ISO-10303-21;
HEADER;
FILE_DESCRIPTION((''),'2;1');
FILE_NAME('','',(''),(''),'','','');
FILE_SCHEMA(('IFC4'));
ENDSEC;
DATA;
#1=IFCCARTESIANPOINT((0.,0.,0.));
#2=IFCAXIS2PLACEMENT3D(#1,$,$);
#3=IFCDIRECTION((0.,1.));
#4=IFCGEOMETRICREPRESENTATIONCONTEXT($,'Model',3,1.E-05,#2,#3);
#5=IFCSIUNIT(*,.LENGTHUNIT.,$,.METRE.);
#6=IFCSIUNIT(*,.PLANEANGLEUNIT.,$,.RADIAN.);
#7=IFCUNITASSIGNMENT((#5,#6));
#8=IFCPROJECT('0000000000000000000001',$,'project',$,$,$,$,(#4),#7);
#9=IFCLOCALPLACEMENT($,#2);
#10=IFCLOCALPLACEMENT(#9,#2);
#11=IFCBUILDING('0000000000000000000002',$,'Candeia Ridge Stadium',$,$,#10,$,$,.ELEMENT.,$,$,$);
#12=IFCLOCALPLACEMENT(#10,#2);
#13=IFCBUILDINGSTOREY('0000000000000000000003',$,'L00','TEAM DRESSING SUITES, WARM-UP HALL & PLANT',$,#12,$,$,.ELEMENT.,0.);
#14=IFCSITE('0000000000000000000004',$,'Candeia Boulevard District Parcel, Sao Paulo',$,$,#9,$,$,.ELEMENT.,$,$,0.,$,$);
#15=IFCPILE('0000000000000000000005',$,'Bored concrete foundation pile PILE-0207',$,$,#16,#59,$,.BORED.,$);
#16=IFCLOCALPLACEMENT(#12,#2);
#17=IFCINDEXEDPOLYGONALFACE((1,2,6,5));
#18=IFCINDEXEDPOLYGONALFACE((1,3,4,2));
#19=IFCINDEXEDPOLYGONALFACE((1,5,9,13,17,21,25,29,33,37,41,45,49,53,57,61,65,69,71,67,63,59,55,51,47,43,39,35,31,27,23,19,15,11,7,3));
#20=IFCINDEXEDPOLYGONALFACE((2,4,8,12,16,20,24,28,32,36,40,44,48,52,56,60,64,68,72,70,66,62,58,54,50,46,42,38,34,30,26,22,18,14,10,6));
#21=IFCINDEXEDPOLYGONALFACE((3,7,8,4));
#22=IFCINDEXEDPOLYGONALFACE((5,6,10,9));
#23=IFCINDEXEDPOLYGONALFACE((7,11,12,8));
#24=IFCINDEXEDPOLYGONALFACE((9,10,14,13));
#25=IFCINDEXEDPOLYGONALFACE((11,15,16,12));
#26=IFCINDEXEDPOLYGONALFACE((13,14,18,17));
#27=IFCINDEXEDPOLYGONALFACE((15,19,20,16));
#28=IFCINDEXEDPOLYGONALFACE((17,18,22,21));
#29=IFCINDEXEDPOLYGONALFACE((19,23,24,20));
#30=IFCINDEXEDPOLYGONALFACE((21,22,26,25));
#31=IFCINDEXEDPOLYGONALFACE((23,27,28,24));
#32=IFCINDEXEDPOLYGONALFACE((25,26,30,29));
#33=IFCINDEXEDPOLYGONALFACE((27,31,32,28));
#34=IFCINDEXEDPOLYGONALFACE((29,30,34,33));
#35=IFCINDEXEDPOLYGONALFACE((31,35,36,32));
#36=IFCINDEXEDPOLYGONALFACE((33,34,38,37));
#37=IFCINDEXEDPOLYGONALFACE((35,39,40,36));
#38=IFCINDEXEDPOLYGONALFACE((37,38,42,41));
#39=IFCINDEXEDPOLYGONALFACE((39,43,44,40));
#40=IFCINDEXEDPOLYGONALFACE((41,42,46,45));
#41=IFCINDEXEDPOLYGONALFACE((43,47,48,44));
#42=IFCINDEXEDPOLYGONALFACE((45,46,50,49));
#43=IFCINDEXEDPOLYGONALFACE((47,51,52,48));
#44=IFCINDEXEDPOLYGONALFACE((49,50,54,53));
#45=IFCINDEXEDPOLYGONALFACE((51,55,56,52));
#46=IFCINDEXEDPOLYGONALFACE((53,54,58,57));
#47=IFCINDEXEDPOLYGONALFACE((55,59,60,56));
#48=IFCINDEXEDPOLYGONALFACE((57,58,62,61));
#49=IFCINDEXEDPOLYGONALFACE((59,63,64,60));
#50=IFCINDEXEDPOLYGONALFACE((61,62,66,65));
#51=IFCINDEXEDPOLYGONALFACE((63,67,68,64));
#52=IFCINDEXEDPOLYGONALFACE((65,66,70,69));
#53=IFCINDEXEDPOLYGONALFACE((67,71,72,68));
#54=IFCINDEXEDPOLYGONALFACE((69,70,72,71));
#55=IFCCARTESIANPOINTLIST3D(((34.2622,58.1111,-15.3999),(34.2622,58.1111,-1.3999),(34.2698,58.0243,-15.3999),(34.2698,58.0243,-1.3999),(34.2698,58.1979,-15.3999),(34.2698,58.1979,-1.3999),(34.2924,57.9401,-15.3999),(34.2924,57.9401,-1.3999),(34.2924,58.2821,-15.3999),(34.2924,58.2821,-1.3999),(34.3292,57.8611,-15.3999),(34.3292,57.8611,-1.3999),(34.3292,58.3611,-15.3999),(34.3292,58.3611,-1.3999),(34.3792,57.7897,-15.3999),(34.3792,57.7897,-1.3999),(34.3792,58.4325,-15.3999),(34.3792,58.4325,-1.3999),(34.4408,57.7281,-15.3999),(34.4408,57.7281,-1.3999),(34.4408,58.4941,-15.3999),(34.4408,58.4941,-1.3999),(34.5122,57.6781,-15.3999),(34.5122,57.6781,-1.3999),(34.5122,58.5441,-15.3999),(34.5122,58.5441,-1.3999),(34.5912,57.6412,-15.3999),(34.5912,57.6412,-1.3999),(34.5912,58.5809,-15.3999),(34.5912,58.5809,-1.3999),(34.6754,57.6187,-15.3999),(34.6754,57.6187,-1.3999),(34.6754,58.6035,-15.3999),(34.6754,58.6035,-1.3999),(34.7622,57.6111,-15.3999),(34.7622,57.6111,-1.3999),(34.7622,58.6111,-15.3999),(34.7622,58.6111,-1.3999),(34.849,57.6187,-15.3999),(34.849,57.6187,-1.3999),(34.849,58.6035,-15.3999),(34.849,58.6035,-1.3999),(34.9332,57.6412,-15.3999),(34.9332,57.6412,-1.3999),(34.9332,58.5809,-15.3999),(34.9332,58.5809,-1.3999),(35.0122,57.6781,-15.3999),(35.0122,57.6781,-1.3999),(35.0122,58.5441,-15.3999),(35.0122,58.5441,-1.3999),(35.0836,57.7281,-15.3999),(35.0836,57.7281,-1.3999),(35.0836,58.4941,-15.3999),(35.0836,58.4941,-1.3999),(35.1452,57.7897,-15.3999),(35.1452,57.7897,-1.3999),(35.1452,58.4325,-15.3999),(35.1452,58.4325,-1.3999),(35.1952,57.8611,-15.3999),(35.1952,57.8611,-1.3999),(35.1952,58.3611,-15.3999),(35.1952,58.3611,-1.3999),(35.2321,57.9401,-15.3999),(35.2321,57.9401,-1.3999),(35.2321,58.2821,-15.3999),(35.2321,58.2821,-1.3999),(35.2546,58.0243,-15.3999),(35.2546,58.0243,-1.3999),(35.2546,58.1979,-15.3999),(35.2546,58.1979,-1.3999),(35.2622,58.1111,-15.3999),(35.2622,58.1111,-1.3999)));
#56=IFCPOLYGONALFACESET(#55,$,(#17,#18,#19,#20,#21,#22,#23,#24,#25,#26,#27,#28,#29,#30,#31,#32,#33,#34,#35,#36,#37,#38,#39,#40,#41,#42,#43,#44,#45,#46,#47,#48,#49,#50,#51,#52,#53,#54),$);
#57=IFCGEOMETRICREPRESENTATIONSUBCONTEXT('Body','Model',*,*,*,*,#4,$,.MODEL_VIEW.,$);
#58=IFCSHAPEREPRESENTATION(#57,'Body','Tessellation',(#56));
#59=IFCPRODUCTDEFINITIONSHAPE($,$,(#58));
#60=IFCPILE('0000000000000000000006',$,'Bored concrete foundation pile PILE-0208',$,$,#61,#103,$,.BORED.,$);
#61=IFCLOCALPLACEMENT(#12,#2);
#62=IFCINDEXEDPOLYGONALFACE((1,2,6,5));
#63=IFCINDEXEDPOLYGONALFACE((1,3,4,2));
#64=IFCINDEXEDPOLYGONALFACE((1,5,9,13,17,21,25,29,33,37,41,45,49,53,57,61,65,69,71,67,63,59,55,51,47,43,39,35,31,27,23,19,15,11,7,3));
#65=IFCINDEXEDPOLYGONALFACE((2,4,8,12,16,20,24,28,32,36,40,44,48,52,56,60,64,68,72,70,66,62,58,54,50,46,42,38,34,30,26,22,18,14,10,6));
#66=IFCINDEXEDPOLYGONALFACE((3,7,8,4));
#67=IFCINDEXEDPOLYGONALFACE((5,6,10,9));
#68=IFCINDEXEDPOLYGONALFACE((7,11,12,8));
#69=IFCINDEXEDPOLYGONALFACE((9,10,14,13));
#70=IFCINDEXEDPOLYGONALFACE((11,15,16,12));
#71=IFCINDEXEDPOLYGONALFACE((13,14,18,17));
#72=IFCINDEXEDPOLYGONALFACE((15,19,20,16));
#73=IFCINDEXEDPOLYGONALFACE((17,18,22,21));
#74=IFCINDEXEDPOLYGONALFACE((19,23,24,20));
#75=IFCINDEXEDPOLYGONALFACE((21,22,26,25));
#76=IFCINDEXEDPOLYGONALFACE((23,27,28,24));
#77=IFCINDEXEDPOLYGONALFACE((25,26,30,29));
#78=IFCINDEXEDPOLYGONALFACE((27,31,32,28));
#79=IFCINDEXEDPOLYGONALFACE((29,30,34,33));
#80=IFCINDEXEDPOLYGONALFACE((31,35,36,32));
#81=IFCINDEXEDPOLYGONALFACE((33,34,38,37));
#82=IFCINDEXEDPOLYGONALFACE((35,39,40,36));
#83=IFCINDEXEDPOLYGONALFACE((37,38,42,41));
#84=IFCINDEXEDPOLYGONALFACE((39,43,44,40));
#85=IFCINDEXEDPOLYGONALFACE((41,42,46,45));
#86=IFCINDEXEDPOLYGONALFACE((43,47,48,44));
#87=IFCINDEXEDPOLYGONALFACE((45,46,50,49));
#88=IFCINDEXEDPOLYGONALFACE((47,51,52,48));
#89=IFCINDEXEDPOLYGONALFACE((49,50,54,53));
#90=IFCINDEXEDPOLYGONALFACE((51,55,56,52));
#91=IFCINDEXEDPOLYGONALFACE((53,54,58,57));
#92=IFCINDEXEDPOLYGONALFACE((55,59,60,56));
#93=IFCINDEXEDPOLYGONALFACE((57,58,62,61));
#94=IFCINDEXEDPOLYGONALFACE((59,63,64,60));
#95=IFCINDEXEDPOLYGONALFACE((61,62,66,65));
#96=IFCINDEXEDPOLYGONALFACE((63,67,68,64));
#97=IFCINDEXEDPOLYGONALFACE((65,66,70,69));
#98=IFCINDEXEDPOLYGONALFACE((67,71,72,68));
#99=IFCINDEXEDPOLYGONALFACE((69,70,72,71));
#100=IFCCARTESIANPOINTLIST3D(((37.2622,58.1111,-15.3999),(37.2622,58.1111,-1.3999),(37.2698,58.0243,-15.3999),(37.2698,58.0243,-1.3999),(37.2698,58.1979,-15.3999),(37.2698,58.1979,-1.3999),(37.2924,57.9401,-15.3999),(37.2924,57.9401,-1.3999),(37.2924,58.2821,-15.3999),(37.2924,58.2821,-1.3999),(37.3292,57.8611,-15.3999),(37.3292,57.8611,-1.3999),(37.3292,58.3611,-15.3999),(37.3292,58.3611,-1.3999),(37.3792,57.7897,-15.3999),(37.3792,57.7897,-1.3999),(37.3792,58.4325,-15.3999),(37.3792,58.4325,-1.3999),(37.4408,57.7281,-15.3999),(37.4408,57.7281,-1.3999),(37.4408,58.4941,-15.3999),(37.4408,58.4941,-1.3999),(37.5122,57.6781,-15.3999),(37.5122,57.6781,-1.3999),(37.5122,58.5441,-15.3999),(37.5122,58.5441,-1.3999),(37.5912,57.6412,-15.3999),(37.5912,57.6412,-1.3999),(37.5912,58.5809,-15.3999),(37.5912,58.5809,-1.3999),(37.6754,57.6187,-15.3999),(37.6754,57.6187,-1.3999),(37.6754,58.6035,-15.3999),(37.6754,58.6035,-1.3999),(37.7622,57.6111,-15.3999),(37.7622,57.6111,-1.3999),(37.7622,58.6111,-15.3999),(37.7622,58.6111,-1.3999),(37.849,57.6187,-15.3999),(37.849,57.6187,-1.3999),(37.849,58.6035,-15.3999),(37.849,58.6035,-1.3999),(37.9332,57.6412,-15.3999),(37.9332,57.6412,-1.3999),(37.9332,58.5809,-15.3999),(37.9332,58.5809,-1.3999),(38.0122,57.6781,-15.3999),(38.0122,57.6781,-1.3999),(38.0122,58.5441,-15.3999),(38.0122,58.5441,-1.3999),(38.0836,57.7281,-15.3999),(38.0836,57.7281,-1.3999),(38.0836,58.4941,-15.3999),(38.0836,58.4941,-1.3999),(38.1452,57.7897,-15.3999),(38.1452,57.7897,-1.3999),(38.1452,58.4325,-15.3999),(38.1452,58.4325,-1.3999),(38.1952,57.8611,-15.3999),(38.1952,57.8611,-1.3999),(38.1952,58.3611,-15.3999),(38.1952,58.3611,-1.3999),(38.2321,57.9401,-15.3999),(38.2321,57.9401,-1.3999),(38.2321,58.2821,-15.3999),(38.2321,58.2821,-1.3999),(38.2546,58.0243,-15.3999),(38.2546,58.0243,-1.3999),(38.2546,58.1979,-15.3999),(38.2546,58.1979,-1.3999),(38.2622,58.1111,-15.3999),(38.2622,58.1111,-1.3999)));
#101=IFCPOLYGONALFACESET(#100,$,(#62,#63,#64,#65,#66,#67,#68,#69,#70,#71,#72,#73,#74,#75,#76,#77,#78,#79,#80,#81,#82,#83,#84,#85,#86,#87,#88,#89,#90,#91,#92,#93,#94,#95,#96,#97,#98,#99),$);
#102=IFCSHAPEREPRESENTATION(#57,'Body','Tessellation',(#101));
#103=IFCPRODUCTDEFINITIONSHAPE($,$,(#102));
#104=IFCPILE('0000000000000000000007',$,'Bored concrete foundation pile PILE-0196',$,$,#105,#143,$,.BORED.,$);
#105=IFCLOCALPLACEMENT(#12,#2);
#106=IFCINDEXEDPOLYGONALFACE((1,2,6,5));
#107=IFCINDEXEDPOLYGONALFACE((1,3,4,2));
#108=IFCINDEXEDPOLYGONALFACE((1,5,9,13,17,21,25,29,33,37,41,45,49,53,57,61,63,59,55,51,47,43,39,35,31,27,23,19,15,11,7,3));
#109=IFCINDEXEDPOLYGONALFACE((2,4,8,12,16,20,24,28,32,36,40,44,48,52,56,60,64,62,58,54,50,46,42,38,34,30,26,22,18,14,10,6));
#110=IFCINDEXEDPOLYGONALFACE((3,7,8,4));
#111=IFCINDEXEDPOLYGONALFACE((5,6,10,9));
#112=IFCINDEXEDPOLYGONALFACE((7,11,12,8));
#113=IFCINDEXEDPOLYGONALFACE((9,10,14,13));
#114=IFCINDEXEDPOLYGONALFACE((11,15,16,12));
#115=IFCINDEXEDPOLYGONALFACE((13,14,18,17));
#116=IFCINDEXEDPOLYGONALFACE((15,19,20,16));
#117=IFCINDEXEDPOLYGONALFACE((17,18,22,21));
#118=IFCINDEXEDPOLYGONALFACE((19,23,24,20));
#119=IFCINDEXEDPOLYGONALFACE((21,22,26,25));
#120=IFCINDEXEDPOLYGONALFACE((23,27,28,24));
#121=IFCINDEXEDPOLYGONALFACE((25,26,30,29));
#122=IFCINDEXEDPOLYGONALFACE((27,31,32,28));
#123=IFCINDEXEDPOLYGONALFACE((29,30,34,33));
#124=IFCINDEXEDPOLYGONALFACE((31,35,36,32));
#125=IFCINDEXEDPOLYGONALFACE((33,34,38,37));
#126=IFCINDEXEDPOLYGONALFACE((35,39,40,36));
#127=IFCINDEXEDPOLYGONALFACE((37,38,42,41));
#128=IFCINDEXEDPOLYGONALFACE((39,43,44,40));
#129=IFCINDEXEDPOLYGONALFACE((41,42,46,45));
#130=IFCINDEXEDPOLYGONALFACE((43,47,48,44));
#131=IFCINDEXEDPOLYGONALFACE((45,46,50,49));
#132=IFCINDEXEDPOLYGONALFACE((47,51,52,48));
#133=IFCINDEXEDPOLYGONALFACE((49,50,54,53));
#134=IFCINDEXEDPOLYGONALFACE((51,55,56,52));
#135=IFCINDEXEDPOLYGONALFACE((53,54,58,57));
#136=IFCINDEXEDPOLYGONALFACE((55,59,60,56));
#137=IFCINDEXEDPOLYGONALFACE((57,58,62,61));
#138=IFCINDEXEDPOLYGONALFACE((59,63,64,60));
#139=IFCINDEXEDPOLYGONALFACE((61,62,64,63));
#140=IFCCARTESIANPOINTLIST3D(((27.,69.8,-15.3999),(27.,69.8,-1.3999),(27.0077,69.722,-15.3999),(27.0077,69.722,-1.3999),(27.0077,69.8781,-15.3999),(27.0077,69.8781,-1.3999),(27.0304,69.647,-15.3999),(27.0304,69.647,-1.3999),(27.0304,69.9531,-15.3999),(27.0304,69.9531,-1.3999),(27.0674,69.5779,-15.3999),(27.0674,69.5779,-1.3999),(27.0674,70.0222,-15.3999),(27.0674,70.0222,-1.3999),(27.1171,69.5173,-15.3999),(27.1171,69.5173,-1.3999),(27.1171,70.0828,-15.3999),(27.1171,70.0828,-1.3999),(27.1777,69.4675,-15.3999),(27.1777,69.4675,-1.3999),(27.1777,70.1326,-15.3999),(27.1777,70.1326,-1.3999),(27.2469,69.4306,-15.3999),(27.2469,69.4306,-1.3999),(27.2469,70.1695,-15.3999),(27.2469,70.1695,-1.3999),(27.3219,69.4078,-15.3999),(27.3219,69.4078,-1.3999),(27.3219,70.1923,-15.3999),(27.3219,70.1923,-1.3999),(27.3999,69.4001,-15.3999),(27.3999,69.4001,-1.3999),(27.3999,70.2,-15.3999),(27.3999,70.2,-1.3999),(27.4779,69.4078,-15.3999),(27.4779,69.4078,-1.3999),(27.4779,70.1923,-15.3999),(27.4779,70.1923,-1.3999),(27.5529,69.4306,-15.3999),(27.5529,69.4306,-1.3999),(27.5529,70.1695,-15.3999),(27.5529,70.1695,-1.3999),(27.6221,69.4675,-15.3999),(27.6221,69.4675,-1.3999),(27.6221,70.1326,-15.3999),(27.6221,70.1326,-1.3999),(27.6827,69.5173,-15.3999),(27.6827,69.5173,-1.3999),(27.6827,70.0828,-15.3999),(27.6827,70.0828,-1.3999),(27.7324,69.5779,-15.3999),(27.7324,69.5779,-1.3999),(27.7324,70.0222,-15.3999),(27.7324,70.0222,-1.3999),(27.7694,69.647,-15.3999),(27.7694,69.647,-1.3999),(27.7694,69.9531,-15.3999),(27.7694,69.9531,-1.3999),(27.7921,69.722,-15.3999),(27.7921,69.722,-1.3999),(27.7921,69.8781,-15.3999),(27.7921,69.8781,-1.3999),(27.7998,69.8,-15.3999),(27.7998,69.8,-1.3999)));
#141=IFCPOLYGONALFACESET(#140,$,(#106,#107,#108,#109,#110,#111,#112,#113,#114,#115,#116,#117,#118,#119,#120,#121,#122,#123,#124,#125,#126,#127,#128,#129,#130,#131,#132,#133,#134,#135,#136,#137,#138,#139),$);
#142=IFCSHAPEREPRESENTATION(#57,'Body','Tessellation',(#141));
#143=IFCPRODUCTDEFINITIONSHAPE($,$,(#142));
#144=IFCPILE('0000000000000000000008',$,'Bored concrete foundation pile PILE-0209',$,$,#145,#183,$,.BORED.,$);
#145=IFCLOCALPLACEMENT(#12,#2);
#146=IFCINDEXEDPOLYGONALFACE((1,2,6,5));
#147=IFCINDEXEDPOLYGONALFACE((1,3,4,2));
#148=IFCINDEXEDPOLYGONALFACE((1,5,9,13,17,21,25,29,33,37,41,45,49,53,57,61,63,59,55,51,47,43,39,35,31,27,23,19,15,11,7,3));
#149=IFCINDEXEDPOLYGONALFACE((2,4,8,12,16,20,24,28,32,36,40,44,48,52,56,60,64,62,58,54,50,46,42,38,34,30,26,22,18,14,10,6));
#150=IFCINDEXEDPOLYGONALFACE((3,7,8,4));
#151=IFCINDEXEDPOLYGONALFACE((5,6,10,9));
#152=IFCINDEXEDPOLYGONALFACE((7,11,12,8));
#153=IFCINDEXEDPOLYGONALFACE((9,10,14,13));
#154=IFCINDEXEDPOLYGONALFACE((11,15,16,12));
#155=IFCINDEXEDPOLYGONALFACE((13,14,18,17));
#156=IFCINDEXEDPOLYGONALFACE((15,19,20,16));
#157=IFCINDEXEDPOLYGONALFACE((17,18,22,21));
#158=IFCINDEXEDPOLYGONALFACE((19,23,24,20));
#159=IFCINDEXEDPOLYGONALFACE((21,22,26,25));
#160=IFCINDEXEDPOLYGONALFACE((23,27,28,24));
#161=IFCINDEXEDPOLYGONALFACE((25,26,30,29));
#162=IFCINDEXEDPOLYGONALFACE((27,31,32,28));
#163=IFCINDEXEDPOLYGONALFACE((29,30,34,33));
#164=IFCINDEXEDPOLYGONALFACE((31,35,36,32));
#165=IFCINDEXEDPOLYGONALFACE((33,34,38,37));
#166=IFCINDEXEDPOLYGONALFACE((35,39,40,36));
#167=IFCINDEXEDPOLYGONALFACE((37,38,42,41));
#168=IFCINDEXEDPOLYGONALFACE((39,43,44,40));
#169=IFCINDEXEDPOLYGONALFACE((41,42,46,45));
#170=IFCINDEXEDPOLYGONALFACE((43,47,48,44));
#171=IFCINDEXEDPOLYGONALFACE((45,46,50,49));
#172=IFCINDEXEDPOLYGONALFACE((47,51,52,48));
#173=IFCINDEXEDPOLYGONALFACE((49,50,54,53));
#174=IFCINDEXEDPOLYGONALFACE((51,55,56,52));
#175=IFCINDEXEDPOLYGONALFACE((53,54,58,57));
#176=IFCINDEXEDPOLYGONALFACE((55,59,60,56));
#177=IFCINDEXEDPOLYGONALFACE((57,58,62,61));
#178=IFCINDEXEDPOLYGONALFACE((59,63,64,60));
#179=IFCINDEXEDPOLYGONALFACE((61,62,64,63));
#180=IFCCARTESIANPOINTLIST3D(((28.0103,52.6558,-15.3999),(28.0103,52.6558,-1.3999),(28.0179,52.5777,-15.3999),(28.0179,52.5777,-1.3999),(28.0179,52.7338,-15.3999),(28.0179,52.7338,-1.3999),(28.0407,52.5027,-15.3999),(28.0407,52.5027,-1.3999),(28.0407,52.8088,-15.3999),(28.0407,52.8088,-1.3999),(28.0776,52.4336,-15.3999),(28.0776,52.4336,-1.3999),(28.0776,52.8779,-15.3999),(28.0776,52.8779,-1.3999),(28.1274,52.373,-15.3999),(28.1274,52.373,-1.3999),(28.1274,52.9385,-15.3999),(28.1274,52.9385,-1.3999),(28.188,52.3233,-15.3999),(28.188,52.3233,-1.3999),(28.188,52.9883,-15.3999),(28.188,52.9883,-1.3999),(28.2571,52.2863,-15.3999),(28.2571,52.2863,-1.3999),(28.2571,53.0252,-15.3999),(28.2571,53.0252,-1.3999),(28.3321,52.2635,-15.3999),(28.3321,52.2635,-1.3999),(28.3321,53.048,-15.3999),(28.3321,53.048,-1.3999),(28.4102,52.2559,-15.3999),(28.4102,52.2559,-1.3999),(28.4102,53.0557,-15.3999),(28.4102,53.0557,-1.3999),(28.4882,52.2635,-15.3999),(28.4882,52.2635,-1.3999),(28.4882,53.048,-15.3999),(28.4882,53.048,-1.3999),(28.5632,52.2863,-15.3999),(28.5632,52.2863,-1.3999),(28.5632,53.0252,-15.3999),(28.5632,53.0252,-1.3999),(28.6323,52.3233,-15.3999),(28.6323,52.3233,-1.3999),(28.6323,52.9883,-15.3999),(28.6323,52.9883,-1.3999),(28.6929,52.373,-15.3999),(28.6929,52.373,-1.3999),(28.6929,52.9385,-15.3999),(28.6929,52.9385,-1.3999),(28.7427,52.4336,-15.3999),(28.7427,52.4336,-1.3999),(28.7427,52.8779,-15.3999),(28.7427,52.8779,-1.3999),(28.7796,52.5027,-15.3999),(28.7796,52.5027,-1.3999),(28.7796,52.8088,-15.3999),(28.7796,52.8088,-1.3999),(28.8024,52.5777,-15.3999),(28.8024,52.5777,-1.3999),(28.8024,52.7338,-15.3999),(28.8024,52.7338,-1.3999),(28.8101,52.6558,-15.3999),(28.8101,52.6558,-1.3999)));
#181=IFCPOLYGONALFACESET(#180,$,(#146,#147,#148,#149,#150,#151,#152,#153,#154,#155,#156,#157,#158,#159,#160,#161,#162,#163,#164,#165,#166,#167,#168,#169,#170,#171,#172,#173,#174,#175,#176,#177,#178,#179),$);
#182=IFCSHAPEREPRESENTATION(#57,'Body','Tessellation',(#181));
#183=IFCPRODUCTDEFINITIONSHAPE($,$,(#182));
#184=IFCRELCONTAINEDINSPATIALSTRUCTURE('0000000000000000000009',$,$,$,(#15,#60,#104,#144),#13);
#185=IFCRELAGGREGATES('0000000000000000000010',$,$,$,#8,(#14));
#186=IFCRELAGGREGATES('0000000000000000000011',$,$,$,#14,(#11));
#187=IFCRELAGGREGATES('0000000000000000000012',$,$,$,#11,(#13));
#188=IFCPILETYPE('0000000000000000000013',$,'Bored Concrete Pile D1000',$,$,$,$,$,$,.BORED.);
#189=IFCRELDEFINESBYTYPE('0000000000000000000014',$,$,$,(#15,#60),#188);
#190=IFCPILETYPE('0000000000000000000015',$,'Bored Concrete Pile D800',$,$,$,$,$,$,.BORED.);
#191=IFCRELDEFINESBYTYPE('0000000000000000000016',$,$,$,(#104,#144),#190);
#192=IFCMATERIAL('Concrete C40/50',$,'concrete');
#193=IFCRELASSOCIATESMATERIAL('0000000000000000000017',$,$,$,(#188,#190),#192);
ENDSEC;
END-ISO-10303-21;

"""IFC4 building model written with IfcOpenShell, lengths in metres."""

from ifc_helpers import new_model, si_unit, direction, frame, origin, origin_2d, place, context, subcontext, project, spatial, circle, extrude, material, material_profile, profile_set, type_object, element, save


model = new_model("IFC4")

# Units and contexts
model_context = context("Model", 3, precision=1e-05, world=origin(), true_north=direction((0.0, 1.0)))
body_context = subcontext(model_context, "Body", "Model", "MODEL_VIEW")
ifc_project = project(units=[si_unit("LENGTHUNIT", "METRE"), si_unit("PLANEANGLEUNIT", "RADIAN")], contexts=[model_context])

# Site, building, storey
site_placement = place(None, origin())
site = spatial("IfcSite", under=ifc_project, at=site_placement, Name="Candeia Boulevard District Parcel, Sao Paulo", CompositionType="ELEMENT", RefElevation=0.0)
building_placement = place(site_placement, origin())
building = spatial("IfcBuilding", under=site, at=building_placement, Name="Candeia Ridge Stadium", CompositionType="ELEMENT")
storey_placement = place(building_placement, origin())
storey = spatial("IfcBuildingStorey", under=building, at=storey_placement, Name="L00", Description="TEAM DRESSING SUITES, WARM-UP HALL & PLANT", CompositionType="ELEMENT", Elevation=0.0)

# Piles
ifc_material_1 = material(Name="Concrete C40/50", Category="concrete")
ifc_material_profile_1 = material_profile(ifc_material_1, circle(Radius=0.5, at=origin_2d()), Name="PILE-D1000", Category="concrete")
ifc_profile_set_1 = profile_set([ifc_material_profile_1], Name="Concrete C40/50")
pile_type_1 = type_object("IfcPileType", Name="Bored Concrete Pile D1000", PredefinedType="BORED", material=ifc_profile_set_1)
for number, where, z_axis, x_axis, name in (
    (1, (34.7622, 58.1111, -1.3999), (0.0, 0.0, -1.0), (1.0, 0.0, 0.0), "Bored concrete foundation pile PILE-0207"),
    (2, (37.7622, 58.1111, -1.3999), (0.0, 0.0, -1.0), (1.0, 0.0, 0.0), "Bored concrete foundation pile PILE-0208"),
):
    element("IfcPile", number, at=place(storey_placement, frame(where, z_axis=z_axis, x_axis=x_axis)), inside=storey, type_object=pile_type_1, Name=name, PredefinedType="BORED", context=body_context, shape_type="SweptSolid", body=[
        extrude(circle(Radius=0.5, at=origin_2d()), origin(), (0.0, 0.0, 1.0), 14.0),
    ])
ifc_material_profile_2 = material_profile(ifc_material_1, circle(Radius=0.3999, at=origin_2d()), Name="PILE-D800", Category="concrete")
ifc_profile_set_2 = profile_set([ifc_material_profile_2], Name="Concrete C40/50")
pile_type_2 = type_object("IfcPileType", Name="Bored Concrete Pile D800", PredefinedType="BORED", material=ifc_profile_set_2)
for number, where, z_axis, x_axis, name in (
    (3, (27.3999, 69.8, -1.3999), (0.0, 0.0, -1.0), (1.0, 0.0, 0.0), "Bored concrete foundation pile PILE-0196"),
    (4, (28.4102, 52.6558, -1.3999), (0.0, 0.0, -1.0), (1.0, 0.0, 0.0), "Bored concrete foundation pile PILE-0209"),
):
    element("IfcPile", number, at=place(storey_placement, frame(where, z_axis=z_axis, x_axis=x_axis)), inside=storey, type_object=pile_type_2, Name=name, PredefinedType="BORED", context=body_context, shape_type="SweptSolid", body=[
        extrude(circle(Radius=0.3999, at=origin_2d()), origin(), (0.0, 0.0, 1.0), 14.0),
    ])

save(model, "model.ifc")
